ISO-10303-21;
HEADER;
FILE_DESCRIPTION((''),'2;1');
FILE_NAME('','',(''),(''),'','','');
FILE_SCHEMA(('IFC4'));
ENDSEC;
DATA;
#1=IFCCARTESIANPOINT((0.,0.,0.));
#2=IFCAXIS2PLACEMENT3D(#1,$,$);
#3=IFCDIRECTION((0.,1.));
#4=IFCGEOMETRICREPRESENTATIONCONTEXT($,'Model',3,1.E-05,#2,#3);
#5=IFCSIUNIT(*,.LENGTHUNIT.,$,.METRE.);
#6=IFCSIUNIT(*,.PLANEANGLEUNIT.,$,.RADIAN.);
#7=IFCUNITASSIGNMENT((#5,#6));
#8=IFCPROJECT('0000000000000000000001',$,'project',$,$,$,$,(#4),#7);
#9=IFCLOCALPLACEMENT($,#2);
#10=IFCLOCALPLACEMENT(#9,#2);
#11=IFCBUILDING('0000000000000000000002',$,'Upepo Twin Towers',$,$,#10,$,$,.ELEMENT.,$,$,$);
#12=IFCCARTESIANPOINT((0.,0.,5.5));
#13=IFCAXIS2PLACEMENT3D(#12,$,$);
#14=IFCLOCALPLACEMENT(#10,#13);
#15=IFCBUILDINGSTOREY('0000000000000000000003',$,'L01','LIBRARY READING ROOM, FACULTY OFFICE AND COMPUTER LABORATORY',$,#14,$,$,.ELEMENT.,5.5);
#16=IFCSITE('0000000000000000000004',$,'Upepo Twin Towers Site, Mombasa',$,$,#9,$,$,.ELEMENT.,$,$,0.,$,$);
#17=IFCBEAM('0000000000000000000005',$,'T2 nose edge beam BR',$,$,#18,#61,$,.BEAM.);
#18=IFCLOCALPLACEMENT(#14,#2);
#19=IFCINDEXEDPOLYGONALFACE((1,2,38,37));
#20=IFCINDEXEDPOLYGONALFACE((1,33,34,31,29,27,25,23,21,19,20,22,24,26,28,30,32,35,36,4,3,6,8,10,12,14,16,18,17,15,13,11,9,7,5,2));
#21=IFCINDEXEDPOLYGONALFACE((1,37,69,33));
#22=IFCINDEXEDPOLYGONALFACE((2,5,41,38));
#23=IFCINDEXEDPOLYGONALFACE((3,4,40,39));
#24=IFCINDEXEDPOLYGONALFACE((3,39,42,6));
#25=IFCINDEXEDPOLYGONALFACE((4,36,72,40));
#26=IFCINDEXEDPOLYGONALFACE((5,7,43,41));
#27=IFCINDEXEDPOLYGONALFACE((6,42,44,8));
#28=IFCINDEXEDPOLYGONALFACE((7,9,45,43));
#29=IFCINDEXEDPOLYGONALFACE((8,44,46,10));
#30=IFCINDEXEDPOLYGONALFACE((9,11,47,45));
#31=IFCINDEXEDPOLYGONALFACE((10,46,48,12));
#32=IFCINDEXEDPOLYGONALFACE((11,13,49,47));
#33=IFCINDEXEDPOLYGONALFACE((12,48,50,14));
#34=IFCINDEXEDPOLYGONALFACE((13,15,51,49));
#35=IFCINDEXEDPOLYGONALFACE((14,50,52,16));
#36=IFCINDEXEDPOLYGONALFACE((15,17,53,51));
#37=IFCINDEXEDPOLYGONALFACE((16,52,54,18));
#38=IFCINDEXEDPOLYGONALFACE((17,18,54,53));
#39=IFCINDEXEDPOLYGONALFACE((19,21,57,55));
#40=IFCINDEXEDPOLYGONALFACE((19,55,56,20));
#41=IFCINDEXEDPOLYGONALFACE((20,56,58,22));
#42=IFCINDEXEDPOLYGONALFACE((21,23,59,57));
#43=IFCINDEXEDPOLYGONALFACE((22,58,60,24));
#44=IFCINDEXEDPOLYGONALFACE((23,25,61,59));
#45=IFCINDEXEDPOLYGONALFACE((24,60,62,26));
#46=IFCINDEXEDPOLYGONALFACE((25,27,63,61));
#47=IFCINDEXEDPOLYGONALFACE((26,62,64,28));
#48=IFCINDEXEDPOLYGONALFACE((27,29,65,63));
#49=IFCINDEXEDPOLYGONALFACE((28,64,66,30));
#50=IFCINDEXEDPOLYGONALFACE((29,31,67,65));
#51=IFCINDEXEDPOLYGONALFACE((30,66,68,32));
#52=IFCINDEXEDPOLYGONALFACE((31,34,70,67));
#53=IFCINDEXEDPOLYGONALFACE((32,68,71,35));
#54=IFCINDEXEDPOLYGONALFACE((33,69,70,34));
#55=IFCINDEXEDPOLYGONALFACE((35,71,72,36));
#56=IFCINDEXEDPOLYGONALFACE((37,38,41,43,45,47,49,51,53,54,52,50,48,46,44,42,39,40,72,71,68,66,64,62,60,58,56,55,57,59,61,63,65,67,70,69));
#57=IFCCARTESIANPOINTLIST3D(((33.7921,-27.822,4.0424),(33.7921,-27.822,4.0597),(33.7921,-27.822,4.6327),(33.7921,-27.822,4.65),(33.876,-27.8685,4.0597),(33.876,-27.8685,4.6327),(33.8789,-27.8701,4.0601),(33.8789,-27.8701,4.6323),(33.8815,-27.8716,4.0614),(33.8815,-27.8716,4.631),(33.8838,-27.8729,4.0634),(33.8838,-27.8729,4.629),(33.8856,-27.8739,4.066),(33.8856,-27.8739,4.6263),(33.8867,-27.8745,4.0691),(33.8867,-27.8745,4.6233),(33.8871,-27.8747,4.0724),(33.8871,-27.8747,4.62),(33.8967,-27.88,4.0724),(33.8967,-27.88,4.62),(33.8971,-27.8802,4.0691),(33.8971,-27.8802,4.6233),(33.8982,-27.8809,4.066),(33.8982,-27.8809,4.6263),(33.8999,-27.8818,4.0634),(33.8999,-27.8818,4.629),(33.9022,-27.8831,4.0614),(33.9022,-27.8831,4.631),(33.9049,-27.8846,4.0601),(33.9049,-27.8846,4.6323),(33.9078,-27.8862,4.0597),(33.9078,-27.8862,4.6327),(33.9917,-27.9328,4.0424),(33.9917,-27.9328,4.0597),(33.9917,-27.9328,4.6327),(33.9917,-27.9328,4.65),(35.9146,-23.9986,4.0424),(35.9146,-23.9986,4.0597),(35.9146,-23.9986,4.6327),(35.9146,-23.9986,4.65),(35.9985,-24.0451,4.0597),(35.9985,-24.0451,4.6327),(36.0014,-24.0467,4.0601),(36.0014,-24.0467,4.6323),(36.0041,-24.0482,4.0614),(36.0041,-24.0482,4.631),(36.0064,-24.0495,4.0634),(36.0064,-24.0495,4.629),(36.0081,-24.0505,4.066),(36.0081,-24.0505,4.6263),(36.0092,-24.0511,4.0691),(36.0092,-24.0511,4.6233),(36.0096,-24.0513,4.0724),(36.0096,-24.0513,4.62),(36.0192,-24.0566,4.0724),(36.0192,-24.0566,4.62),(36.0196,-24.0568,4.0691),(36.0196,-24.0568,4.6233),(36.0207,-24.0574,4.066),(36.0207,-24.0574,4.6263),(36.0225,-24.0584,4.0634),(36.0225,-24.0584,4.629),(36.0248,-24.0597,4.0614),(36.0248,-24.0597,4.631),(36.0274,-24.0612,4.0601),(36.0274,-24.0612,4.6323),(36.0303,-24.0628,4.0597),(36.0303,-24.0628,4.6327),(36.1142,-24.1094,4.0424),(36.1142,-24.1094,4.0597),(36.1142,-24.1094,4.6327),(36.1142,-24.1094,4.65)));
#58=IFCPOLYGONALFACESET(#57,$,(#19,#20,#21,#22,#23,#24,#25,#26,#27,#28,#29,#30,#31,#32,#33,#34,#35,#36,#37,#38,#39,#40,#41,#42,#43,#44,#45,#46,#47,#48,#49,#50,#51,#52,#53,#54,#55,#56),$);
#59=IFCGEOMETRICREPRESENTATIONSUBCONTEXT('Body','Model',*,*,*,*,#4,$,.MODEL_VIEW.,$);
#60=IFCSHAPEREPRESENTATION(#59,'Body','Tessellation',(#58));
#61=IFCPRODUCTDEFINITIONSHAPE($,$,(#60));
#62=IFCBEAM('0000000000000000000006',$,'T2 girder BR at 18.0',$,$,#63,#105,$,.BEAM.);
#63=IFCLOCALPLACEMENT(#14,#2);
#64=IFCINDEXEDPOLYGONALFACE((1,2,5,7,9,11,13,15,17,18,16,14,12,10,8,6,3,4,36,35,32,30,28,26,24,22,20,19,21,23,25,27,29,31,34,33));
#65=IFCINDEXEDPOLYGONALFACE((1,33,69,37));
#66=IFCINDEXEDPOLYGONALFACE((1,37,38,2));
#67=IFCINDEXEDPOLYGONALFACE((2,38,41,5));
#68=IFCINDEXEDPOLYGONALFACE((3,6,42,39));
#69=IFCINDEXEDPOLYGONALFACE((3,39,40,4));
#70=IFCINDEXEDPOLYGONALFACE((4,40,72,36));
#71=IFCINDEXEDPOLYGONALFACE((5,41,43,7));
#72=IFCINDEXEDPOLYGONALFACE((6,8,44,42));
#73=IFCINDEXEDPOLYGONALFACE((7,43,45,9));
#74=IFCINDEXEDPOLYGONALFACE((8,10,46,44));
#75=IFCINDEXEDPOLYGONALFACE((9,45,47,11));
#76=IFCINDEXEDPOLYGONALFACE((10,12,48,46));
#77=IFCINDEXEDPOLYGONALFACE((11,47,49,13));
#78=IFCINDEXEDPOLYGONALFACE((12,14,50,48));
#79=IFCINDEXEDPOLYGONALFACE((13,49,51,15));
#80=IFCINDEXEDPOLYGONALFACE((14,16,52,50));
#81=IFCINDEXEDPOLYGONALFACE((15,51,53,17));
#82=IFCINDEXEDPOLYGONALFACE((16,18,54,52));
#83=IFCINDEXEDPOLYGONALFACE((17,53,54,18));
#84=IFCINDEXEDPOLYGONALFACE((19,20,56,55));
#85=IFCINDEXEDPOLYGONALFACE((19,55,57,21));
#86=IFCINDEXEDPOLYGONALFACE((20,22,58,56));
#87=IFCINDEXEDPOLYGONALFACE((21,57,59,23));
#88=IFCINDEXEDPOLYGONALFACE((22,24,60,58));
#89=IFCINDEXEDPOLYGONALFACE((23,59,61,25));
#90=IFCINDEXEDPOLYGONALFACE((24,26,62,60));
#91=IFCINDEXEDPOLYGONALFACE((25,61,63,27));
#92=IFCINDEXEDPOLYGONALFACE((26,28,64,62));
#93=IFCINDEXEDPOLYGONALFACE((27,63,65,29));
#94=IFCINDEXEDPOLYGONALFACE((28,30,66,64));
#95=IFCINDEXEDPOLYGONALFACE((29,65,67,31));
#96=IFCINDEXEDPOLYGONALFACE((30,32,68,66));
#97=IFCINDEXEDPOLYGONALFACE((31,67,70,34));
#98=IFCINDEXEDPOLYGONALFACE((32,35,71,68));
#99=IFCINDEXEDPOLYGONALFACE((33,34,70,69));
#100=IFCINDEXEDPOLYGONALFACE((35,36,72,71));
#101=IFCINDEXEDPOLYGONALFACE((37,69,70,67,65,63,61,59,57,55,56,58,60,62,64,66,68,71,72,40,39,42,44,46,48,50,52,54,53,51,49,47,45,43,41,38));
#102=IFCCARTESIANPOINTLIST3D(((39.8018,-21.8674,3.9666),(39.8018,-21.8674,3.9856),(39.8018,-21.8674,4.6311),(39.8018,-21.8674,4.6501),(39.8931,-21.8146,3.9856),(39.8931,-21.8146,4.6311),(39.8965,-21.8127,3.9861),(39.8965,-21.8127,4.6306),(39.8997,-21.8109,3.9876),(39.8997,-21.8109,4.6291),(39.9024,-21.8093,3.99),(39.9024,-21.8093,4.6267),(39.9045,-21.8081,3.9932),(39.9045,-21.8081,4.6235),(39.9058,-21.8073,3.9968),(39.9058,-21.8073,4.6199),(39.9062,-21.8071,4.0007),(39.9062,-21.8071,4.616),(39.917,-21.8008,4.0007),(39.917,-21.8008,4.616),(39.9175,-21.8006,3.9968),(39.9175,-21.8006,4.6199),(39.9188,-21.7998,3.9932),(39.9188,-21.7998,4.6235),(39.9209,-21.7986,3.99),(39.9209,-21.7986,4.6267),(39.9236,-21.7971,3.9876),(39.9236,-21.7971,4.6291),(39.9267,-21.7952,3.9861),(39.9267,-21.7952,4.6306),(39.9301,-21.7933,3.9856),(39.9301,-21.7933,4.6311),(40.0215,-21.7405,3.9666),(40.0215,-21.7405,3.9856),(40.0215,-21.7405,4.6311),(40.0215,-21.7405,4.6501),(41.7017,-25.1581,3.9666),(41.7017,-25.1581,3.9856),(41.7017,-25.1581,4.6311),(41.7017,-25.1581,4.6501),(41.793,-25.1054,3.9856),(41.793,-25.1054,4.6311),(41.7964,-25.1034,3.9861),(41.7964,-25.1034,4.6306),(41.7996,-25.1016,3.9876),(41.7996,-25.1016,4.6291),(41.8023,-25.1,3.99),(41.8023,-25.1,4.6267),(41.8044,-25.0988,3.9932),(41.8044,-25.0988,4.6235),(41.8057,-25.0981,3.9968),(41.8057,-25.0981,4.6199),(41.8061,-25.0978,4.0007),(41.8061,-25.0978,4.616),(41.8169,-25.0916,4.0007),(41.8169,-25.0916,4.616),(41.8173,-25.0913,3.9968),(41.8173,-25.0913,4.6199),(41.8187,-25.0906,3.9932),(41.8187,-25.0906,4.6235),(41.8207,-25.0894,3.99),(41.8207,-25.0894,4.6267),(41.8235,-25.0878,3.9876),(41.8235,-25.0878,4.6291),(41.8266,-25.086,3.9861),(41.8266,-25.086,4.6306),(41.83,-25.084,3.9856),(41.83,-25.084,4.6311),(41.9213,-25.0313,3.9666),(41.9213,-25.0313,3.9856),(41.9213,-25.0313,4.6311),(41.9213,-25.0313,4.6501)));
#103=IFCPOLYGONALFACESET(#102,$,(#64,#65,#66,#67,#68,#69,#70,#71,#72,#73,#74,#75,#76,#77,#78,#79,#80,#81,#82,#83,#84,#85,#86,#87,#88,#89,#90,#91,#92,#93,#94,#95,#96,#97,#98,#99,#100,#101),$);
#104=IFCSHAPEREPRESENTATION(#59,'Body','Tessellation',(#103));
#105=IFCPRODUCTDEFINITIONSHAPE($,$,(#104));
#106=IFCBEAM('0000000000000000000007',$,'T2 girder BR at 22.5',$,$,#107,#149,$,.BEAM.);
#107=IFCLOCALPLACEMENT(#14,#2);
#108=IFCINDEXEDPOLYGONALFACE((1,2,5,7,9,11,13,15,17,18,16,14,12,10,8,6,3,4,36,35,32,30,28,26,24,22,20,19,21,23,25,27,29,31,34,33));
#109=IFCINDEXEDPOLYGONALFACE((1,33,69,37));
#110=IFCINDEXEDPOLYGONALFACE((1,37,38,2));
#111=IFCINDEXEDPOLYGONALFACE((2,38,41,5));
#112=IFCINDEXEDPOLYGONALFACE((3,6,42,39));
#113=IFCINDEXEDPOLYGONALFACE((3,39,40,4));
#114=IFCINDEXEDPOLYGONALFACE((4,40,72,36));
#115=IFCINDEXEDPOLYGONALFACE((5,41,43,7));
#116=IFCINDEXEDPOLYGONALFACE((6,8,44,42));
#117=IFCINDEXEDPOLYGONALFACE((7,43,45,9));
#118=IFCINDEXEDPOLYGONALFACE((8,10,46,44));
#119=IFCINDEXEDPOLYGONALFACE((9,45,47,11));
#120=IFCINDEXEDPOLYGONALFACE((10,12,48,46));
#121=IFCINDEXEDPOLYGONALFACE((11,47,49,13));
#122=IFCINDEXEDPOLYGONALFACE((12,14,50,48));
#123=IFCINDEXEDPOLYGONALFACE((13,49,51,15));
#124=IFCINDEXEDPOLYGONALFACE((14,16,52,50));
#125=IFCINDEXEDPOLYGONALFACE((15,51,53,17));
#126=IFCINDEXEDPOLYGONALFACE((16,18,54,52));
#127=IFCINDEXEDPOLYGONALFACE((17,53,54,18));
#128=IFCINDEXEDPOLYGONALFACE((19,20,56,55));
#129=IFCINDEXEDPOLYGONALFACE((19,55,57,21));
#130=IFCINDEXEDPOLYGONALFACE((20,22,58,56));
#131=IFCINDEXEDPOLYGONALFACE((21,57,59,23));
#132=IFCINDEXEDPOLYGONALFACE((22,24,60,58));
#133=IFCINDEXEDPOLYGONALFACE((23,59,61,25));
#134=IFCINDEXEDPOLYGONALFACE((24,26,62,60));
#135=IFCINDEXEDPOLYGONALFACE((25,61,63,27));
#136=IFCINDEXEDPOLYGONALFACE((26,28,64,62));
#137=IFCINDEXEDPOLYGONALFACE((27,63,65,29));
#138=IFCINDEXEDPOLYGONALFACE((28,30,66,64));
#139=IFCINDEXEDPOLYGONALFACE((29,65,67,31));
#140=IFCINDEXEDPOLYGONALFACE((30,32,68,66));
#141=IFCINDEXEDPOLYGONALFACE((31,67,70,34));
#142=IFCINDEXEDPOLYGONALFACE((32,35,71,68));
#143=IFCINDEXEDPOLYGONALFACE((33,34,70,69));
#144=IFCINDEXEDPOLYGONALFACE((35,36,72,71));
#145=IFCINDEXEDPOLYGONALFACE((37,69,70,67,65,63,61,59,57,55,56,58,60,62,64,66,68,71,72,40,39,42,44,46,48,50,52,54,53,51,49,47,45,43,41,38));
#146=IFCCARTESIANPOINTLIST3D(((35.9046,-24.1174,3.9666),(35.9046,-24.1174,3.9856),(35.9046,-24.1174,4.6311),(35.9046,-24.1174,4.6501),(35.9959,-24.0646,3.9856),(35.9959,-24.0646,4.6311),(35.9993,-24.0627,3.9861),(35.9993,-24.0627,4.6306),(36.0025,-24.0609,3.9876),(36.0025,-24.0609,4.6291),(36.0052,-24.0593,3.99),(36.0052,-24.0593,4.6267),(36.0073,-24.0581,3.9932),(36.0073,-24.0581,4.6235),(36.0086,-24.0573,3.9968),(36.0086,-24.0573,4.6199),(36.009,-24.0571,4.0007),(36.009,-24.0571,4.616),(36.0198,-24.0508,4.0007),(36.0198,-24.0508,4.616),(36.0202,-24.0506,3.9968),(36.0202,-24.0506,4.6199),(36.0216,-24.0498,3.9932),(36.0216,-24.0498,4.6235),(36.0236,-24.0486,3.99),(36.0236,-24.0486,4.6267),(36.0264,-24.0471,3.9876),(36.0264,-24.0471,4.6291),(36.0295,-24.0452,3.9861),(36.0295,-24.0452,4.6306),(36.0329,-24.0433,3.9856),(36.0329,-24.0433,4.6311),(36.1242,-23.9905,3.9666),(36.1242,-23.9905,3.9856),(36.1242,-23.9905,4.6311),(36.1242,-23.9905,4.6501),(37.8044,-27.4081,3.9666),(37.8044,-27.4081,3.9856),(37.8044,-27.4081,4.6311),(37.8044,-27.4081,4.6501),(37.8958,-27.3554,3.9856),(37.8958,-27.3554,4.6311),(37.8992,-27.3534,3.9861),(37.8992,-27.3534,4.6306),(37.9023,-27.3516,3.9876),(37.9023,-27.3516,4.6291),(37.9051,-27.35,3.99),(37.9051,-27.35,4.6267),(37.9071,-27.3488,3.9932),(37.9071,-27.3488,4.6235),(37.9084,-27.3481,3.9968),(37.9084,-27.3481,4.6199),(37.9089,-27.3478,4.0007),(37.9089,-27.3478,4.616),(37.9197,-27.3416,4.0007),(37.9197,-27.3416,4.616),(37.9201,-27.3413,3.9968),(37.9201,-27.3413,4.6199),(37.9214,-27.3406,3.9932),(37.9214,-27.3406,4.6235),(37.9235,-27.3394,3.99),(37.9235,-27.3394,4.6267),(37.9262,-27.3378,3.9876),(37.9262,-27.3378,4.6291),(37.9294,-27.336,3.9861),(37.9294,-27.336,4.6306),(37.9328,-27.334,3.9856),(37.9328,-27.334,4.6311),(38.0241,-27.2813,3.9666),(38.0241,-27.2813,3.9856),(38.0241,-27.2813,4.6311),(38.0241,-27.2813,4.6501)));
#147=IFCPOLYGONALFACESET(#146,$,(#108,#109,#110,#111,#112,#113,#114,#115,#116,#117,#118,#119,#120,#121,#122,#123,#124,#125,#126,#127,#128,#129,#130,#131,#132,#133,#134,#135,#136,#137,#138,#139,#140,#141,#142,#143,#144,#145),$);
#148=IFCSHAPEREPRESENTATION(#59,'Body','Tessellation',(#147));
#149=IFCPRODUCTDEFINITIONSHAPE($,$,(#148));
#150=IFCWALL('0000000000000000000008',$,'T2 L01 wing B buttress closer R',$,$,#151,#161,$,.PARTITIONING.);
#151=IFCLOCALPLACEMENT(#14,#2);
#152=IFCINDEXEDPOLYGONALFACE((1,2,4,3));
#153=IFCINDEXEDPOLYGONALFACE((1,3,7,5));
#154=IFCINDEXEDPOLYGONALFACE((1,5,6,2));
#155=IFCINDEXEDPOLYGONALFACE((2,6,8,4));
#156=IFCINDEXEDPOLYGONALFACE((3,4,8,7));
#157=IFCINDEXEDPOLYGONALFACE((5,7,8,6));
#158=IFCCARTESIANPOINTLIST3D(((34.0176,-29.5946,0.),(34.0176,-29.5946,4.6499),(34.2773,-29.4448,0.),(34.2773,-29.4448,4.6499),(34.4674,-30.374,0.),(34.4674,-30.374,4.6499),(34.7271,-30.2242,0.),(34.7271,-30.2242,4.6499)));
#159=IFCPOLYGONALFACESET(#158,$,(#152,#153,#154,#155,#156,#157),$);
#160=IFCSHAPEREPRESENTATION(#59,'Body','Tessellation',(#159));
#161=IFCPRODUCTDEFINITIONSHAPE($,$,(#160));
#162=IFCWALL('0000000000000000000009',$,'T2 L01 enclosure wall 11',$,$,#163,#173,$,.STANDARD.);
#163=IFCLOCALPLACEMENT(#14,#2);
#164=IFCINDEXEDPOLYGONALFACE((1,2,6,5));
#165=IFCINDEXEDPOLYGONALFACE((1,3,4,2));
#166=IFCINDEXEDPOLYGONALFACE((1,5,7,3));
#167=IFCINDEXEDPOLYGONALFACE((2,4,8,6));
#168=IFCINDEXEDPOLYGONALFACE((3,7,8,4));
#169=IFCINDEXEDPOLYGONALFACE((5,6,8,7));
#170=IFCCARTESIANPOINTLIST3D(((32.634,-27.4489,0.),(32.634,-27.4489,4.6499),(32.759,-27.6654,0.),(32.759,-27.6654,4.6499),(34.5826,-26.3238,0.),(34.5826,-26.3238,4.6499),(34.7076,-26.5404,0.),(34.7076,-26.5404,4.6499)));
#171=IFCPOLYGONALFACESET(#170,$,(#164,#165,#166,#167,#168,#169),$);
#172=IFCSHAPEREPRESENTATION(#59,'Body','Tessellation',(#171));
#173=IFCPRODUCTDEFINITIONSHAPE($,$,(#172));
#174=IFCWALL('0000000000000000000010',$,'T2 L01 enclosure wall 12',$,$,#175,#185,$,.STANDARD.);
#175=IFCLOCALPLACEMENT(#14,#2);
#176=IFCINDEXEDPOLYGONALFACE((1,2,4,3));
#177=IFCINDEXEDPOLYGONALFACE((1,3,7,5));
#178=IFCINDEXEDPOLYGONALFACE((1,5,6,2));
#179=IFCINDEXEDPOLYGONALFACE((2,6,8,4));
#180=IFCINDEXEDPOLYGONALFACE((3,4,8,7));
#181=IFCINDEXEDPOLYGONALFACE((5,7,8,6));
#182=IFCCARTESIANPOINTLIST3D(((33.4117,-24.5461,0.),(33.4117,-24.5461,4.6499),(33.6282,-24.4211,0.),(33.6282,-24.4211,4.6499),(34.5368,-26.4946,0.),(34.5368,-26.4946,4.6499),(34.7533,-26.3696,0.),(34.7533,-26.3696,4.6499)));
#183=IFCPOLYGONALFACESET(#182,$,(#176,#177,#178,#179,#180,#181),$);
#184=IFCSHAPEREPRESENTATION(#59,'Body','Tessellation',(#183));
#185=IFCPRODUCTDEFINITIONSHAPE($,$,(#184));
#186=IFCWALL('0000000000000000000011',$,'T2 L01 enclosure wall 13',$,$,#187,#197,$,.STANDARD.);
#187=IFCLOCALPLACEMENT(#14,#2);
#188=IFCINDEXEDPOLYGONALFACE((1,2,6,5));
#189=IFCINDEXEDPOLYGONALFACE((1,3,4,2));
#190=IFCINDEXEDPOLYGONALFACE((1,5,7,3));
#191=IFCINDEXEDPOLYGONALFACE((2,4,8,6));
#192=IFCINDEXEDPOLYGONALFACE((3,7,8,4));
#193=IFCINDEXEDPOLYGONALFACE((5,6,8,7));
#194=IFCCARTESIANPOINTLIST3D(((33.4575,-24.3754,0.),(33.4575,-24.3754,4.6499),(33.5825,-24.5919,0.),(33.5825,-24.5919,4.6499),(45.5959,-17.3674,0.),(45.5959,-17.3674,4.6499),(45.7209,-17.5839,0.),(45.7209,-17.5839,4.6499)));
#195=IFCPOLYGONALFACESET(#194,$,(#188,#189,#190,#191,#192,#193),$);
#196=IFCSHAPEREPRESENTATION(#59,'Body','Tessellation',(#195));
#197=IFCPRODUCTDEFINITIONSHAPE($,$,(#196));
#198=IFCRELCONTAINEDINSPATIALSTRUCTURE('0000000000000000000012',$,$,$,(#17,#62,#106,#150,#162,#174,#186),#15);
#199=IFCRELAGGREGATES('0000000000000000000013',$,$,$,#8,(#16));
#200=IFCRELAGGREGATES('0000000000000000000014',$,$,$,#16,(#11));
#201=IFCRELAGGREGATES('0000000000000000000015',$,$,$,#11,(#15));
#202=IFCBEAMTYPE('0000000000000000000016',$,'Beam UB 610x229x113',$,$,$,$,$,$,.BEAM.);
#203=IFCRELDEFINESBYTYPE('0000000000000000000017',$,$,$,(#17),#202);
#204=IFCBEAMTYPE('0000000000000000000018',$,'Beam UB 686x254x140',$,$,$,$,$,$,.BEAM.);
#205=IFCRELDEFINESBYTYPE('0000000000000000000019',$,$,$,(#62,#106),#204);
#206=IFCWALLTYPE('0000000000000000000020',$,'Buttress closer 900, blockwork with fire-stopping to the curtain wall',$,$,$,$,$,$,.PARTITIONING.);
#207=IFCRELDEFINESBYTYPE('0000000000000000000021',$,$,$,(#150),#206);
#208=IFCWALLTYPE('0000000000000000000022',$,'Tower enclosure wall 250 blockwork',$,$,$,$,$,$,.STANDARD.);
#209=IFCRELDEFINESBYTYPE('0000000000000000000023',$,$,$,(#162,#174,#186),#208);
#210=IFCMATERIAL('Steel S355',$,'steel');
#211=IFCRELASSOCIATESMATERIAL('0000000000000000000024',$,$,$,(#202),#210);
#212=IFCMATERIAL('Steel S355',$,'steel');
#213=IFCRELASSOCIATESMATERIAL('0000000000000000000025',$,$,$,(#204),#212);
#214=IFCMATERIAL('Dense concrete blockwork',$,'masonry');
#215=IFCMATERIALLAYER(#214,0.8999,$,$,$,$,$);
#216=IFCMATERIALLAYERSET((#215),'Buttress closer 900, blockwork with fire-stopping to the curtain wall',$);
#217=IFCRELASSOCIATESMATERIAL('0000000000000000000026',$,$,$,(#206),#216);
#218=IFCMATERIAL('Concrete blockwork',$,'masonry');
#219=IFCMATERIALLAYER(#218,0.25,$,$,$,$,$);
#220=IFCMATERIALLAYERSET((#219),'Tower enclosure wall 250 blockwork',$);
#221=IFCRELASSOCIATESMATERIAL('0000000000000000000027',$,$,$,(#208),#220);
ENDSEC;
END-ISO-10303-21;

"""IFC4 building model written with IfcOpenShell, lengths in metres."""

from ifc_helpers import new_model, si_unit, direction, frame, frame_2d, origin, origin_2d, place, context, subcontext, project, spatial, rectangle, i_section, extrude, material, layer, layer_set, material_profile, profile_set, type_object, element, save


model = new_model("IFC4")

# Units and contexts
model_context = context("Model", 3, precision=1e-05, world=origin(), true_north=direction((0.0, 1.0)))
body_context = subcontext(model_context, "Body", "Model", "MODEL_VIEW")
ifc_project = project(units=[si_unit("LENGTHUNIT", "METRE"), si_unit("PLANEANGLEUNIT", "RADIAN")], contexts=[model_context])

# Site, building, storey
site_placement = place(None, origin())
site = spatial("IfcSite", under=ifc_project, at=site_placement, Name="Upepo Twin Towers Site, Mombasa", CompositionType="ELEMENT", RefElevation=0.0)
building_placement = place(site_placement, origin())
building = spatial("IfcBuilding", under=site, at=building_placement, Name="Upepo Twin Towers", CompositionType="ELEMENT")
storey_placement = place(building_placement, frame((0.0, 0.0, 5.5)))
storey = spatial("IfcBuildingStorey", under=building, at=storey_placement, Name="L01", Description="LIBRARY READING ROOM, FACULTY OFFICE AND COMPUTER LABORATORY", CompositionType="ELEMENT", Elevation=5.5)

# Beams
ifc_material_1 = material(Name="Steel S355", Category="steel")
ifc_material_profile_1 = material_profile(ifc_material_1, i_section(OverallWidth=0.2283, OverallDepth=0.6077, WebThickness=0.011, FlangeThickness=0.0173, FilletRadius=0.0127, at=origin_2d()), Name="UB 610x229x113")
ifc_profile_set_1 = profile_set([ifc_material_profile_1], Name="Steel S355")
beam_type_1 = type_object("IfcBeamType", Name="Beam UB 610x229x113", PredefinedType="BEAM", material=ifc_profile_set_1)
beam_1_placement = place(storey_placement, frame((36.0144, -24.054, 4.3462), z_axis=(-0.485363, -0.874313, 0.0), x_axis=(0.874313, -0.485363, 0.0)))
element("IfcBeam", 1, at=beam_1_placement, inside=storey, type_object=beam_type_1, Name="T2 nose edge beam BR", PredefinedType="BEAM", context=body_context, shape_type="SweptSolid", body=[
    extrude(i_section(OverallWidth=0.2283, OverallDepth=0.6077, WebThickness=0.011, FlangeThickness=0.0173, FilletRadius=0.0127, at=origin_2d()), origin(), (0.0, 0.0, 1.0), 4.373),
])
ifc_material_2 = material(Name="Steel S355", Category="steel")
ifc_material_profile_2 = material_profile(ifc_material_2, i_section(OverallWidth=0.2537, OverallDepth=0.6836, WebThickness=0.0125, FlangeThickness=0.019, FilletRadius=0.0151, at=origin_2d()), Name="UB 686x254x140")
ifc_profile_set_2 = profile_set([ifc_material_profile_2], Name="Steel S355")
beam_type_2 = type_object("IfcBeamType", Name="Beam UB 686x254x140", PredefinedType="BEAM", material=ifc_profile_set_2)
for number, where, z_axis, x_axis, name in (
    (2, (39.9116, -21.804, 4.3083), (0.499995, -0.866028, 0.0), (0.866028, 0.499995, 0.0), "T2 girder BR at 18.0"),
    (3, (36.0144, -24.054, 4.3083), (0.499995, -0.866028, 0.0), (0.866028, 0.499995, 0.0), "T2 girder BR at 22.5"),
):
    element("IfcBeam", number, at=place(storey_placement, frame(where, z_axis=z_axis, x_axis=x_axis)), inside=storey, type_object=beam_type_2, Name=name, PredefinedType="BEAM", context=body_context, shape_type="SweptSolid", body=[
        extrude(i_section(OverallWidth=0.2537, OverallDepth=0.6836, WebThickness=0.0125, FlangeThickness=0.019, FilletRadius=0.0151, at=origin_2d()), origin(), (0.0, 0.0, 1.0), 3.7998),
    ])

# Wall
ifc_material_3 = material(Name="Dense concrete blockwork", Category="masonry")
ifc_layer_1 = layer(ifc_material_3, 0.8999)
ifc_layer_set_1 = layer_set([ifc_layer_1], Name="Buttress closer 900, blockwork with fire-stopping to the curtain wall")
wall_type_1 = type_object("IfcWallType", Name="Buttress closer 900, blockwork with fire-stopping to the curtain wall", PredefinedType="PARTITIONING", material=ifc_layer_set_1)
wall_1_placement = place(storey_placement, frame((34.5022, -29.8345, 0.0), z_axis=(0.0, 0.0, 1.0), x_axis=(-0.866131, -0.499816, 0.0)))
element("IfcWall", 4, at=wall_1_placement, inside=storey, type_object=wall_type_1, Name="T2 L01 wing B buttress closer R", PredefinedType="PARTITIONING", context=body_context, shape_type="SweptSolid", body=[
    extrude(rectangle(XDim=0.2998, YDim=0.8999, at=frame_2d((0.1499, 0.0))), origin(), (0.0, 0.0, 1.0), 4.6499),
])

# Walls
ifc_material_4 = material(Name="Concrete blockwork", Category="masonry")
ifc_layer_2 = layer(ifc_material_4, 0.25)
ifc_layer_set_2 = layer_set([ifc_layer_2], Name="Tower enclosure wall 250 blockwork")
wall_type_2 = type_object("IfcWallType", Name="Tower enclosure wall 250 blockwork", PredefinedType="STANDARD", material=ifc_layer_set_2)
for number, where, z_axis, x_axis, name in (
    (5, (32.6965, -27.5571, 0.0), (0.0, 0.0, 1.0), (0.866018, 0.500014, 0.0), "T2 L01 enclosure wall 11"),
    (6, (34.645, -26.4321, 0.0), (0.0, 0.0, 1.0), (-0.500014, 0.866018, 0.0), "T2 L01 enclosure wall 12"),
):
    element("IfcWall", number, at=place(storey_placement, frame(where, z_axis=z_axis, x_axis=x_axis)), inside=storey, type_object=wall_type_2, Name=name, PredefinedType="STANDARD", context=body_context, shape_type="SweptSolid", body=[
        extrude(rectangle(XDim=2.25, YDim=0.25, at=frame_2d((1.125, 0.0))), origin(), (0.0, 0.0, 1.0), 4.6499),
    ])
wall_2_placement = place(storey_placement, frame((33.52, -24.4836, 0.0), z_axis=(0.0, 0.0, 1.0), x_axis=(0.866028, 0.499996, 0.0)))
element("IfcWall", 7, at=wall_2_placement, inside=storey, type_object=wall_type_2, Name="T2 L01 enclosure wall 13", PredefinedType="STANDARD", context=body_context, shape_type="SweptSolid", body=[
    extrude(rectangle(XDim=14.0161, YDim=0.25, at=frame_2d((7.0081, 0.0))), origin(), (0.0, 0.0, 1.0), 4.6499),
])

save(model, "model.ifc")
